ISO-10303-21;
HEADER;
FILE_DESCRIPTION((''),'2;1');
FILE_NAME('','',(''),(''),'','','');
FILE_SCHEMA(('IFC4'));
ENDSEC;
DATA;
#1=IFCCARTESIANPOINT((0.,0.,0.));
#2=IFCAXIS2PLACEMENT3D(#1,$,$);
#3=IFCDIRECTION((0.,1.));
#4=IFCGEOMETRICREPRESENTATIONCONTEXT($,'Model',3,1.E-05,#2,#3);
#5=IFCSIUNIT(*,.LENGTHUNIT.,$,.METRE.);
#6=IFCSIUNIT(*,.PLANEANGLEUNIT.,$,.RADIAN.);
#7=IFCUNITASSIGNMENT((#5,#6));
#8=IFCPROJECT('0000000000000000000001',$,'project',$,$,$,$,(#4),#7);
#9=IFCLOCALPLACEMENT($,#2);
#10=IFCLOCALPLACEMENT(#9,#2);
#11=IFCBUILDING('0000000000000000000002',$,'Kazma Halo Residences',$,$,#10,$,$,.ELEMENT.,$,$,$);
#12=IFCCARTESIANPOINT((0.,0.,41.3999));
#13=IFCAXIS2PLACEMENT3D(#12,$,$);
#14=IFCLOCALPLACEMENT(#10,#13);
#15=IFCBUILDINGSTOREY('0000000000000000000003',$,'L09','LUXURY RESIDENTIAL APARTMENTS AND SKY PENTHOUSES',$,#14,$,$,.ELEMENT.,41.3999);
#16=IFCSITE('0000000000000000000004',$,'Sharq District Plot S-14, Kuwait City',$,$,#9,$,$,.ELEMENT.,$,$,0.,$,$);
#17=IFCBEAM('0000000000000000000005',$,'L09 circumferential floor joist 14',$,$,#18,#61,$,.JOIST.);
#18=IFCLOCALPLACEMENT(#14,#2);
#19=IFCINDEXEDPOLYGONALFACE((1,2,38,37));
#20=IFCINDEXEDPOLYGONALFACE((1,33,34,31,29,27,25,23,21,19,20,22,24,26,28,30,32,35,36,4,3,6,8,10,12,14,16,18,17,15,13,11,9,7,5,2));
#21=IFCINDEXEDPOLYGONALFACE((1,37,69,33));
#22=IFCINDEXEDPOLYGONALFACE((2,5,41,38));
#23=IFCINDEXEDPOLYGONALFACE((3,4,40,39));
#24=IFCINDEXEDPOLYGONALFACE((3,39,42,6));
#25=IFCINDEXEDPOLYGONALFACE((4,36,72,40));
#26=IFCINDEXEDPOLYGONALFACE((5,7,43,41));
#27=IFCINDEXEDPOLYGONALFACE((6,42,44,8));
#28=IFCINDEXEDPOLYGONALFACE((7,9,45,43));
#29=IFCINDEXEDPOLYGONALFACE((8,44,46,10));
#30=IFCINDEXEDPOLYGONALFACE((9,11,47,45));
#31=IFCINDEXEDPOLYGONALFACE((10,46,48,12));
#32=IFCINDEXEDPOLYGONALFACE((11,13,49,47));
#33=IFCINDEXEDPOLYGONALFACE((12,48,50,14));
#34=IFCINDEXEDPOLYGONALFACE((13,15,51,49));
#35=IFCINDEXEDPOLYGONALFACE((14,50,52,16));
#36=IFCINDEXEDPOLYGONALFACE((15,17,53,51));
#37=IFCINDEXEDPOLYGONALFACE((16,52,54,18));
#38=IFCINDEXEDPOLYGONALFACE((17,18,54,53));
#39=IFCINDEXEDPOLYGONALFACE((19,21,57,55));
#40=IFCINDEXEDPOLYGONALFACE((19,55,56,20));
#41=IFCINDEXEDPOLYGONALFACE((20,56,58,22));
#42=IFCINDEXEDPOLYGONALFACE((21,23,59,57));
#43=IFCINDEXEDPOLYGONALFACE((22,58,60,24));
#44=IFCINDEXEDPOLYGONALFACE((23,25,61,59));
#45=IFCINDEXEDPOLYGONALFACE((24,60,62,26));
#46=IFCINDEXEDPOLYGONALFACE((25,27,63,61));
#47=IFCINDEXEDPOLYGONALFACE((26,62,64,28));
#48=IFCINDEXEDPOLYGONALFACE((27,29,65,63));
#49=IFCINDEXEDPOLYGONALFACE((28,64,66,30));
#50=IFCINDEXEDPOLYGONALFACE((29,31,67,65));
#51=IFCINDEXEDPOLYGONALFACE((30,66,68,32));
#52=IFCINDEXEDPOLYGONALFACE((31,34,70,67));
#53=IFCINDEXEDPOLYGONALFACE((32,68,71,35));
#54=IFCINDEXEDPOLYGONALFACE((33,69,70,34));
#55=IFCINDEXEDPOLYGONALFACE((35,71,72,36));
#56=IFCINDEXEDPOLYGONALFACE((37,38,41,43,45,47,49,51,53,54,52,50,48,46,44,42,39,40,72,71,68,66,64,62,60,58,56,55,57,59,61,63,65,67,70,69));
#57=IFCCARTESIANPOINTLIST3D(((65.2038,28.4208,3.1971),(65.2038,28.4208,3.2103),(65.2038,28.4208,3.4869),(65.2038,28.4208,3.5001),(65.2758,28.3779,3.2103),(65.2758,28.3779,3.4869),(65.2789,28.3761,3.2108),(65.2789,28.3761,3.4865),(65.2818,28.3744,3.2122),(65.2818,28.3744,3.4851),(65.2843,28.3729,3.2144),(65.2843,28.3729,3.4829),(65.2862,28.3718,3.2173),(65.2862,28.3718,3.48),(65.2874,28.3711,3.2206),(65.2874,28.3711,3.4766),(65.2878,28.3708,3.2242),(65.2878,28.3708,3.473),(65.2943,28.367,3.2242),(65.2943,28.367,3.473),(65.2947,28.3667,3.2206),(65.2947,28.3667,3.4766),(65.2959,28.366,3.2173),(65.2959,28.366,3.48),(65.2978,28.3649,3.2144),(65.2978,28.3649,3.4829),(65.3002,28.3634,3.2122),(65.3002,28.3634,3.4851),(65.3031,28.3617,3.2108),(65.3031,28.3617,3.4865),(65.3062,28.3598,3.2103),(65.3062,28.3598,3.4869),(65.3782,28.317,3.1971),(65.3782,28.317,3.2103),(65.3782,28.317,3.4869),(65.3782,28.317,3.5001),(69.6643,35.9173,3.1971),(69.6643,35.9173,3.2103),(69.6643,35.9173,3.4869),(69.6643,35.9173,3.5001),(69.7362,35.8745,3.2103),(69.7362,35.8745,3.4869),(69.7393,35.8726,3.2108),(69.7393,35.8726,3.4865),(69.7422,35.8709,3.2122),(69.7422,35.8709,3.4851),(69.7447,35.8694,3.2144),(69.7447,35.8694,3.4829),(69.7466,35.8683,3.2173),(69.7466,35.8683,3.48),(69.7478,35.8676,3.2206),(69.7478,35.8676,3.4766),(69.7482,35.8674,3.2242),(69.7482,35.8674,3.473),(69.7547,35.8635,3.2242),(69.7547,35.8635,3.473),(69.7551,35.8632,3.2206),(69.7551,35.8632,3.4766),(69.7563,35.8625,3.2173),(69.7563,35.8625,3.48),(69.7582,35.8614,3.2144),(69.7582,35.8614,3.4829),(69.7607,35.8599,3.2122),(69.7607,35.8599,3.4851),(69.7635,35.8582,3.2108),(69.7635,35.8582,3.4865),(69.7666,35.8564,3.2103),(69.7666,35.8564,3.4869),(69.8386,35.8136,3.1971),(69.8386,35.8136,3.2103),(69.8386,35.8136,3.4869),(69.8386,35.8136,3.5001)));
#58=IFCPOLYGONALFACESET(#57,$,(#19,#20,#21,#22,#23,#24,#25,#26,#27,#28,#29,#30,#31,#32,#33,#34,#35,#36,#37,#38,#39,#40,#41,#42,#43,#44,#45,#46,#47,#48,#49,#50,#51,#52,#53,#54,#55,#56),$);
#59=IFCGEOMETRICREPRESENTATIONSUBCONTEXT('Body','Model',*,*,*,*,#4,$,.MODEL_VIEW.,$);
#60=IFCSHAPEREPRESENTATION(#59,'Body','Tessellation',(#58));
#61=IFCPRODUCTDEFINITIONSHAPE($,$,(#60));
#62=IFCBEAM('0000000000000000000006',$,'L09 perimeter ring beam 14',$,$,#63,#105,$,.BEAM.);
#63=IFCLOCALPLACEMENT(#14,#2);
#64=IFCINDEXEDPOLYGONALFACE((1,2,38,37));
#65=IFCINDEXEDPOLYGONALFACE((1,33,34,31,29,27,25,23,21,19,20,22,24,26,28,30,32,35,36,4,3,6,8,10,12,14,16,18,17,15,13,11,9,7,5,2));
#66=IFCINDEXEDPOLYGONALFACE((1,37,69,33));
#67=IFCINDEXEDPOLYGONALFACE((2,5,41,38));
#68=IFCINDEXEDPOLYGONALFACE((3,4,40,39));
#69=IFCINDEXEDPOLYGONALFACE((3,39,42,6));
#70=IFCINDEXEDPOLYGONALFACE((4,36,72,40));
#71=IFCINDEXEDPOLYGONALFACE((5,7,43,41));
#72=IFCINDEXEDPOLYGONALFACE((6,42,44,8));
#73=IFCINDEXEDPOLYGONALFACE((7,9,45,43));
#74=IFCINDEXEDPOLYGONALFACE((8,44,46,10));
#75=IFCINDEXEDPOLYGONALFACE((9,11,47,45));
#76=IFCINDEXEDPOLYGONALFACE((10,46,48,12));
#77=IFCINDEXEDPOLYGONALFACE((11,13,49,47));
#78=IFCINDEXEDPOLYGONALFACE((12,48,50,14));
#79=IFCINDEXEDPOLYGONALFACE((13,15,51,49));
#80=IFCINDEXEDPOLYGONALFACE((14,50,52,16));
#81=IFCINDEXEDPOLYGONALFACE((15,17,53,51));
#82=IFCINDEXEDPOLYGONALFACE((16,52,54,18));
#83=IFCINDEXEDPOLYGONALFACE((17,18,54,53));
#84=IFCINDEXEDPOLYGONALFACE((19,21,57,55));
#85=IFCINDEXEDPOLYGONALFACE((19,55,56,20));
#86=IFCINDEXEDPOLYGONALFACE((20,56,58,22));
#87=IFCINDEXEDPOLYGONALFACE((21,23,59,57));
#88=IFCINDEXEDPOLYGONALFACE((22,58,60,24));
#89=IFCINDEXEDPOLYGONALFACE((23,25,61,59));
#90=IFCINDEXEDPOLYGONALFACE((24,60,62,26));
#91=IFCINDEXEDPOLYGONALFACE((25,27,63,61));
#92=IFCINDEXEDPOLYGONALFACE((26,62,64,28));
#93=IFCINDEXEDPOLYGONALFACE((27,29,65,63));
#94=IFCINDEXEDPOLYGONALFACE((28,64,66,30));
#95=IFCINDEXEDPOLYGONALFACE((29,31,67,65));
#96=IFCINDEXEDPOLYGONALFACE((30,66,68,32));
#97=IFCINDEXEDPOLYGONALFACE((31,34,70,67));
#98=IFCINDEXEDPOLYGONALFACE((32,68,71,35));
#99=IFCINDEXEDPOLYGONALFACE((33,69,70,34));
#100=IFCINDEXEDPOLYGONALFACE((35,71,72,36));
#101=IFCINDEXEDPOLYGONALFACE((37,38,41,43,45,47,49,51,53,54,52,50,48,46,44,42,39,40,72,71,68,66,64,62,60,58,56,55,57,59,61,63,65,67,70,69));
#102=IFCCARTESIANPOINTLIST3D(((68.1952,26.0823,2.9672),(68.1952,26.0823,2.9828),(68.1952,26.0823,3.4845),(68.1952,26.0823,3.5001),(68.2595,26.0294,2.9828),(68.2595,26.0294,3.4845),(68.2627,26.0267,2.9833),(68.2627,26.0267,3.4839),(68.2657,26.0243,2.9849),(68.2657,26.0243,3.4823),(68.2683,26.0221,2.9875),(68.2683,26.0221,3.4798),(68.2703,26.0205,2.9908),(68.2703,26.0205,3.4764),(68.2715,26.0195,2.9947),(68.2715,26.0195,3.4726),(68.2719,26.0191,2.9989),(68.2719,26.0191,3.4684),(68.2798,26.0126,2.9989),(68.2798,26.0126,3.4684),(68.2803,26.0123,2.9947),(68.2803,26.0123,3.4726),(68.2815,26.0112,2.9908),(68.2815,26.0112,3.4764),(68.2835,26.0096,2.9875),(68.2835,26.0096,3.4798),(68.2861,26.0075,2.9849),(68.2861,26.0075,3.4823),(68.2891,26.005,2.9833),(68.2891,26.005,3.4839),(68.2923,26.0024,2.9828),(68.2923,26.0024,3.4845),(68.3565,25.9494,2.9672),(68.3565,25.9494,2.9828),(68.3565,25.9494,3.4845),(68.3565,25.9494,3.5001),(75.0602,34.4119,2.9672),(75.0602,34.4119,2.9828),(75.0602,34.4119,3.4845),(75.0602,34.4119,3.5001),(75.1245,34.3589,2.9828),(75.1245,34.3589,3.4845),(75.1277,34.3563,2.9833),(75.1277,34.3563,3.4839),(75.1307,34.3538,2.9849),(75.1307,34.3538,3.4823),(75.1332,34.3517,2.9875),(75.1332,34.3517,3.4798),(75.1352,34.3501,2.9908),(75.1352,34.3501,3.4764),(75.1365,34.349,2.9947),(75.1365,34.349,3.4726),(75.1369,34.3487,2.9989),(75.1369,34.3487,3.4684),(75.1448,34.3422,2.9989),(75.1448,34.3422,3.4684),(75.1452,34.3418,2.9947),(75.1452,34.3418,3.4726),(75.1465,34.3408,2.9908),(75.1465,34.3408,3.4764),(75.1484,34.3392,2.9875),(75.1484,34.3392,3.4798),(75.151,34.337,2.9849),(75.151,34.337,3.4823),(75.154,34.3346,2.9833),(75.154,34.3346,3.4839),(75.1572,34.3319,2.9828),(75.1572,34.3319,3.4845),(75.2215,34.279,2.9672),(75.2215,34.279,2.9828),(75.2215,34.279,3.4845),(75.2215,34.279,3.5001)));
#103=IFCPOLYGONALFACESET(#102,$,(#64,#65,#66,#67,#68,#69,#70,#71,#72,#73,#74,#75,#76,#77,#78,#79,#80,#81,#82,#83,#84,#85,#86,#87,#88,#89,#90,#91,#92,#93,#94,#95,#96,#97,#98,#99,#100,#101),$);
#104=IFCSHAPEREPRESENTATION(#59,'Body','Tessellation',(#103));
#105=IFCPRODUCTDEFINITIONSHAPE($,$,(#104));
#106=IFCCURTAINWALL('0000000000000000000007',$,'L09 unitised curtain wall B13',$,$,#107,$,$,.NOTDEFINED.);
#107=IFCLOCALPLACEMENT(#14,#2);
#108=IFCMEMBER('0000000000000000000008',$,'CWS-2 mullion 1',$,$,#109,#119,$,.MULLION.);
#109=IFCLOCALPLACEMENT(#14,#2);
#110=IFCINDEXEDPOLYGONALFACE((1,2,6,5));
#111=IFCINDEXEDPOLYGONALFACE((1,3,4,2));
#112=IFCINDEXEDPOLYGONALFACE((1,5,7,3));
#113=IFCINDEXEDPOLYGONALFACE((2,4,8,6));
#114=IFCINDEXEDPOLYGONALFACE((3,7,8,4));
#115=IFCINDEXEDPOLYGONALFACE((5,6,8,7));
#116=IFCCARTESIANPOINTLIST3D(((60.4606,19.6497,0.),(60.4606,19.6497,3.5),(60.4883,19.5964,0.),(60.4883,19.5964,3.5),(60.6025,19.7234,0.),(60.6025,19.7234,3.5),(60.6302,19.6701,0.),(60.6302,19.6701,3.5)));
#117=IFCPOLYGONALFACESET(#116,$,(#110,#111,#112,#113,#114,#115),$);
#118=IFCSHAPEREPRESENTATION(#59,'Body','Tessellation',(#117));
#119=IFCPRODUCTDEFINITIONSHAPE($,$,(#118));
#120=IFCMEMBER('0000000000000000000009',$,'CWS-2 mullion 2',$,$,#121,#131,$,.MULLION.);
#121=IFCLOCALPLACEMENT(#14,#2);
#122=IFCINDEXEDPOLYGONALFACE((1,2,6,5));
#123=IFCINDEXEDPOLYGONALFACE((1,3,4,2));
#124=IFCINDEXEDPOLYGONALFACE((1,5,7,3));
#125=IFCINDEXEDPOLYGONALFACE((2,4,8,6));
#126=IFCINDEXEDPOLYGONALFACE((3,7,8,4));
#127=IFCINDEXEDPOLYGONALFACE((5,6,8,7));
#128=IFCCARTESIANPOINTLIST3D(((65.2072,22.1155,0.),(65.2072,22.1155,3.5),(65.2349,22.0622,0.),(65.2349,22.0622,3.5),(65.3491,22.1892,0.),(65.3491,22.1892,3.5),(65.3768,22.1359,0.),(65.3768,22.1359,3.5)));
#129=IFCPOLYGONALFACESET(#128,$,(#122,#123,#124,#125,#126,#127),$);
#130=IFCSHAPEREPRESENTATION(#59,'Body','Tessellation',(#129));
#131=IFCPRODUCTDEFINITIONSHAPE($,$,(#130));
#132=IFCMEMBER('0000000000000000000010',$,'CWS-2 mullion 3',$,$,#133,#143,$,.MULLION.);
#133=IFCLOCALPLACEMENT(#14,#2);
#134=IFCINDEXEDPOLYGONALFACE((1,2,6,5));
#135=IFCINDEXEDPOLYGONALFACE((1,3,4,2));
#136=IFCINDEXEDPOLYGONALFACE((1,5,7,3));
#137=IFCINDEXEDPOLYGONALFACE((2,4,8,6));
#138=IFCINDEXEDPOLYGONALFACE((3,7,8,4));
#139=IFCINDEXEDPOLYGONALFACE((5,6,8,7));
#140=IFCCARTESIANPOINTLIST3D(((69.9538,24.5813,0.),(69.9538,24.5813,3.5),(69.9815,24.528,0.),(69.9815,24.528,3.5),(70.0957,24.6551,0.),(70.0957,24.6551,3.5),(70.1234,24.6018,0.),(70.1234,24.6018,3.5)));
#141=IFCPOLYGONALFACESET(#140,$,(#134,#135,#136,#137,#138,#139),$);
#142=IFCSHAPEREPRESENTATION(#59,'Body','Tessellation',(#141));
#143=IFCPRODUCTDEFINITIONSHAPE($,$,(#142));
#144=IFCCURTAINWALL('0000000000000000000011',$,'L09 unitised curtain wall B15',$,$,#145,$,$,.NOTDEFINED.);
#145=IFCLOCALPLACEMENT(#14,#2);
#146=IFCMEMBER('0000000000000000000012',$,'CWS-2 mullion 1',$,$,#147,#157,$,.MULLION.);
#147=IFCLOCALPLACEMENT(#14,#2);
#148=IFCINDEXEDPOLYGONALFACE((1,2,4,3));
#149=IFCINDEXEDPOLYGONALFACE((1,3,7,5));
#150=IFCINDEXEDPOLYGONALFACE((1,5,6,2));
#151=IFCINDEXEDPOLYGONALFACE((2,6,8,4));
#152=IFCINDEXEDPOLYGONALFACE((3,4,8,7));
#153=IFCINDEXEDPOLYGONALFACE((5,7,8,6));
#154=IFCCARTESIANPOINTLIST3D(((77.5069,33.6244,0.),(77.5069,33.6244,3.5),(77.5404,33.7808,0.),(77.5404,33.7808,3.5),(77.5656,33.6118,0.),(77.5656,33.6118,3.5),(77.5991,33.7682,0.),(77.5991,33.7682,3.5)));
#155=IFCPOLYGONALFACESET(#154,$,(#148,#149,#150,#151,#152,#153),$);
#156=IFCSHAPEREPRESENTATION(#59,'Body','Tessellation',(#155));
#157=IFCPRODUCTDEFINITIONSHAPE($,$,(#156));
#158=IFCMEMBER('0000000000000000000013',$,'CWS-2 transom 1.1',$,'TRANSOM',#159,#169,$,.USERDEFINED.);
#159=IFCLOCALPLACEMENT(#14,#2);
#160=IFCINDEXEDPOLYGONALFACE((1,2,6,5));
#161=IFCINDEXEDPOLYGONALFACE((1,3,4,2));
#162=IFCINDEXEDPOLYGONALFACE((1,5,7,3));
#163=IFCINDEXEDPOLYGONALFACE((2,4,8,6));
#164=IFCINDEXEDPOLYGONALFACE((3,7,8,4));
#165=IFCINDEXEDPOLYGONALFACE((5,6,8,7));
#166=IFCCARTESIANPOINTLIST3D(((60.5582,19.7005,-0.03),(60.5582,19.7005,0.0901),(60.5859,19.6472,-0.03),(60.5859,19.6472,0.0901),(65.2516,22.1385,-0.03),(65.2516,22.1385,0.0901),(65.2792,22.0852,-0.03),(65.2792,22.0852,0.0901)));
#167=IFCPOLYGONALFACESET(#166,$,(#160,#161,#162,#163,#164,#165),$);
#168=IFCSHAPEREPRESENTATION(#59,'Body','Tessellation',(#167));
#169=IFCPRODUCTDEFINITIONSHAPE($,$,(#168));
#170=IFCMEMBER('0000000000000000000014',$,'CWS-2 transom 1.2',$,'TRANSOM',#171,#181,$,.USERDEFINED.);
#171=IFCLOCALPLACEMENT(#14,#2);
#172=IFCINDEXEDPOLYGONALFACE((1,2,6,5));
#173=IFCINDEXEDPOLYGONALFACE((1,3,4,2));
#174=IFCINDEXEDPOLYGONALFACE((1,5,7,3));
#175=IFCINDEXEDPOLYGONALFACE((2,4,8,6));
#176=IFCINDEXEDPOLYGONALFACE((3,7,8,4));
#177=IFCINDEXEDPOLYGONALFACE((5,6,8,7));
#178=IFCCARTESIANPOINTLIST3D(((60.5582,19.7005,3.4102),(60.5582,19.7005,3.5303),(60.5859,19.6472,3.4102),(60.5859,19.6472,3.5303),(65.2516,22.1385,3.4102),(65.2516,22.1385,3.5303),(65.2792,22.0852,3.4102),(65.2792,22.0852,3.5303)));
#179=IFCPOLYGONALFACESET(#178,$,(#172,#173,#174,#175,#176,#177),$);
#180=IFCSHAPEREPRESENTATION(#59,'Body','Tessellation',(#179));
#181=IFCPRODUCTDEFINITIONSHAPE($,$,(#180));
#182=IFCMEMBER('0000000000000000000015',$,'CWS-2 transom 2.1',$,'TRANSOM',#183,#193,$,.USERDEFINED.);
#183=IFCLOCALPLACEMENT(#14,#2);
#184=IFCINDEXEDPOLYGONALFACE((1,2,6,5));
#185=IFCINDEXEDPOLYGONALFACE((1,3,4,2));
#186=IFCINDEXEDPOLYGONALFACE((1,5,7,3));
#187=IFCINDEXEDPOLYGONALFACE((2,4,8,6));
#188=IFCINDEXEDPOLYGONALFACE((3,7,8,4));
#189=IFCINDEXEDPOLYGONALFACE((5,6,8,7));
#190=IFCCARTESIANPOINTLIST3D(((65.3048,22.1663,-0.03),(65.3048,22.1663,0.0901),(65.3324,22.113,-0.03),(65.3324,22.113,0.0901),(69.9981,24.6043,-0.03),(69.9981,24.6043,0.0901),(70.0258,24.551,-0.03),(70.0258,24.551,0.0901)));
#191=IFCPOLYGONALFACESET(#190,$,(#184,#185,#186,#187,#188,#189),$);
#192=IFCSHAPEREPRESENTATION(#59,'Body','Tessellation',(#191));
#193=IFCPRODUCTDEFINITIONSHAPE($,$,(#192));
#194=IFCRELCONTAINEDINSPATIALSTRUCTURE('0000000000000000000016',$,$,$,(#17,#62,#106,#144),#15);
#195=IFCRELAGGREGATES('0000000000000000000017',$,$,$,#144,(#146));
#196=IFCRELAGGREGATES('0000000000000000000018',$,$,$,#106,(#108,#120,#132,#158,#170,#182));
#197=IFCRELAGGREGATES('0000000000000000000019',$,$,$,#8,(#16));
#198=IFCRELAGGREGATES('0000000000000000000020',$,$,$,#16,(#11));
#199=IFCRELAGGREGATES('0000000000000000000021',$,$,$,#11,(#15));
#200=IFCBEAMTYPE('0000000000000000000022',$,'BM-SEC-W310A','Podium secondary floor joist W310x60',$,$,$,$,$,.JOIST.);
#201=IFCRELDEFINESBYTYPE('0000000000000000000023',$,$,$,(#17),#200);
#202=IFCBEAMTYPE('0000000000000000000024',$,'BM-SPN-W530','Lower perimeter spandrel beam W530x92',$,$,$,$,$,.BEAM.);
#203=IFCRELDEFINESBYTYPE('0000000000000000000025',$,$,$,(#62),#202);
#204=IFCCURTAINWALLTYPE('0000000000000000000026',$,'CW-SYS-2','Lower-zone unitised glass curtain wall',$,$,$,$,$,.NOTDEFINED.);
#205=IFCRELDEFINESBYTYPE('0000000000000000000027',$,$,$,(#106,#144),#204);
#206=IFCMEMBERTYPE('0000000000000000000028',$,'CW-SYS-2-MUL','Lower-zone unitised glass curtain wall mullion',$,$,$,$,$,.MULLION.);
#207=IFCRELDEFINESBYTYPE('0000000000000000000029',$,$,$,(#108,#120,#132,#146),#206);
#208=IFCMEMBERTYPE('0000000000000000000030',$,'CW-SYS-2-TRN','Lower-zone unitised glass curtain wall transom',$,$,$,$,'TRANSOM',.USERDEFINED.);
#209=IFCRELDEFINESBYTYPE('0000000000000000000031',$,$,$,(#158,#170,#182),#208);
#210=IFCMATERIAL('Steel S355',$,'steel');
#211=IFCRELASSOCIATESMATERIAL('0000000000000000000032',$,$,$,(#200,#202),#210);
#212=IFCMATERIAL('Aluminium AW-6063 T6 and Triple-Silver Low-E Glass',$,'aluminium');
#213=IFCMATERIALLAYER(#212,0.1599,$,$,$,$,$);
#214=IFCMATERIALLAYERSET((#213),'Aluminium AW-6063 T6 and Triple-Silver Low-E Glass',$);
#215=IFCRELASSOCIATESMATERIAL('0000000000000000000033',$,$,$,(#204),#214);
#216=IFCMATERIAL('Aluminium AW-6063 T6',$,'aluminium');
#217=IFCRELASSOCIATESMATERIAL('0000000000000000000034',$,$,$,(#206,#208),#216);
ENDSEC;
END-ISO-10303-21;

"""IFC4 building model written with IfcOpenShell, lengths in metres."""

from ifc_helpers import new_model, si_unit, direction, frame, origin, origin_2d, place, context, subcontext, project, spatial, rectangle, i_section, extrude, material, layer, layer_set, material_profile, profile_set, type_object, element, aggregate, save


model = new_model("IFC4")

# Units and contexts
model_context = context("Model", 3, precision=1e-05, world=origin(), true_north=direction((0.0, 1.0)))
body_context = subcontext(model_context, "Body", "Model", "MODEL_VIEW")
ifc_project = project(units=[si_unit("LENGTHUNIT", "METRE"), si_unit("PLANEANGLEUNIT", "RADIAN")], contexts=[model_context])

# Site, building, storey
site_placement = place(None, origin())
site = spatial("IfcSite", under=ifc_project, at=site_placement, Name="Sharq District Plot S-14, Kuwait City", CompositionType="ELEMENT", RefElevation=0.0)
building_placement = place(site_placement, origin())
building = spatial("IfcBuilding", under=site, at=building_placement, Name="Kazma Halo Residences", CompositionType="ELEMENT")
storey_placement = place(building_placement, frame((0.0, 0.0, 41.3999)))
storey = spatial("IfcBuildingStorey", under=building, at=storey_placement, Name="L09", Description="LUXURY RESIDENTIAL APARTMENTS AND SKY PENTHOUSES", CompositionType="ELEMENT", Elevation=41.3999)

# Beams
ifc_material_1 = material(Name="Steel S355", Category="steel")
ifc_material_profile_1 = material_profile(ifc_material_1, i_section(OverallWidth=0.2029, OverallDepth=0.303, WebThickness=0.0076, FlangeThickness=0.0132, FilletRadius=0.0139, at=origin_2d()), Name="W310x60")
ifc_profile_set_1 = profile_set([ifc_material_profile_1], Name="Steel S355")
beam_type_1 = type_object("IfcBeamType", Name="BM-SEC-W310A", Description="Podium secondary floor joist W310x60", PredefinedType="JOIST", material=ifc_profile_set_1)
beam_1_placement = place(storey_placement, frame((65.291, 28.3689, 3.3486), z_axis=(0.511331, 0.859384, 0.0), x_axis=(-0.859384, 0.511331, 0.0)))
element("IfcBeam", 1, at=beam_1_placement, inside=storey, type_object=beam_type_1, Name="L09 circumferential floor joist 14", PredefinedType="JOIST", context=body_context, shape_type="SweptSolid", body=[
    extrude(i_section(OverallWidth=0.2029, OverallDepth=0.303, WebThickness=0.0076, FlangeThickness=0.0132, FilletRadius=0.0139, at=origin_2d()), origin(), (0.0, 0.0, 1.0), 8.7231),
])
ifc_material_profile_2 = material_profile(ifc_material_1, i_section(OverallWidth=0.209, OverallDepth=0.533, WebThickness=0.0103, FlangeThickness=0.0156, FilletRadius=0.0161, at=origin_2d()), Name="W530x92")
ifc_profile_set_2 = profile_set([ifc_material_profile_2], Name="Steel S355")
beam_type_2 = type_object("IfcBeamType", Name="BM-SPN-W530", Description="Lower perimeter spandrel beam W530x92", PredefinedType="BEAM", material=ifc_profile_set_2)
beam_2_placement = place(storey_placement, frame((68.2759, 26.0159, 3.2336), z_axis=(0.636001, 0.771688, 0.0), x_axis=(-0.771688, 0.636001, 0.0)))
element("IfcBeam", 2, at=beam_2_placement, inside=storey, type_object=beam_type_2, Name="L09 perimeter ring beam 14", PredefinedType="BEAM", context=body_context, shape_type="SweptSolid", body=[
    extrude(i_section(OverallWidth=0.209, OverallDepth=0.533, WebThickness=0.0103, FlangeThickness=0.0156, FilletRadius=0.0161, at=origin_2d()), origin(), (0.0, 0.0, 1.0), 10.7939),
])

# Curtain wall, members
ifc_material_2 = material(Name="Aluminium AW-6063 T6 and Triple-Silver Low-E Glass", Category="aluminium")
ifc_layer_1 = layer(ifc_material_2, 0.1599)
ifc_layer_set_1 = layer_set([ifc_layer_1], Name="Aluminium AW-6063 T6 and Triple-Silver Low-E Glass")
curtain_wall_type = type_object("IfcCurtainWallType", Name="CW-SYS-2", Description="Lower-zone unitised glass curtain wall", PredefinedType="NOTDEFINED", material=ifc_layer_set_1)
curtain_wall_1_placement = place(storey_placement, origin())
curtain_wall_1 = element("IfcCurtainWall", 3, at=curtain_wall_1_placement, inside=storey, type_object=curtain_wall_type, Name="L09 unitised curtain wall B13", PredefinedType="NOTDEFINED")
ifc_material_3 = material(Name="Aluminium AW-6063 T6", Category="aluminium")
ifc_material_profile_3 = material_profile(ifc_material_3, rectangle(XDim=0.0601, YDim=0.1599, at=origin_2d()), Name="CWM-60x160")
ifc_profile_set_3 = profile_set([ifc_material_profile_3], Name="Aluminium AW-6063 T6")
member_type_1 = type_object("IfcMemberType", Name="CW-SYS-2-MUL", Description="Lower-zone unitised glass curtain wall mullion", PredefinedType="MULLION", material=ifc_profile_set_3)
member_1_placement = place(storey_placement, frame((60.5454, 19.6599, 0.0), z_axis=(0.0, 0.0, 1.0), x_axis=(-0.460996, 0.887402, 0.0)))
member_1 = element("IfcMember", 4, at=member_1_placement, type_object=member_type_1, Name="CWS-2 mullion 1", PredefinedType="MULLION", context=body_context, shape_type="SweptSolid", body=[
    extrude(rectangle(XDim=0.0601, YDim=0.1599, at=origin_2d()), origin(), (0.0, 0.0, 1.0), 3.5),
])
member_2_placement = place(storey_placement, frame((65.292, 22.1257, 0.0), z_axis=(0.0, 0.0, 1.0), x_axis=(-0.460996, 0.887402, 0.0)))
member_2 = element("IfcMember", 5, at=member_2_placement, type_object=member_type_1, Name="CWS-2 mullion 2", PredefinedType="MULLION", context=body_context, shape_type="SweptSolid", body=[
    extrude(rectangle(XDim=0.0601, YDim=0.1599, at=origin_2d()), origin(), (0.0, 0.0, 1.0), 3.5),
])
member_3_placement = place(storey_placement, frame((70.0386, 24.5916, 0.0), z_axis=(0.0, 0.0, 1.0), x_axis=(-0.460996, 0.887402, 0.0)))
member_3 = element("IfcMember", 6, at=member_3_placement, type_object=member_type_1, Name="CWS-2 mullion 3", PredefinedType="MULLION", context=body_context, shape_type="SweptSolid", body=[
    extrude(rectangle(XDim=0.0601, YDim=0.1599, at=origin_2d()), origin(), (0.0, 0.0, 1.0), 3.5),
])

# Curtain wall, member
curtain_wall_2_placement = place(storey_placement, origin())
curtain_wall_2 = element("IfcCurtainWall", 7, at=curtain_wall_2_placement, inside=storey, type_object=curtain_wall_type, Name="L09 unitised curtain wall B15", PredefinedType="NOTDEFINED")
member_4_placement = place(storey_placement, frame((77.553, 33.6963, 0.0), z_axis=(0.0, 0.0, 1.0), x_axis=(-0.977779, 0.209637, 0.0)))
member_4 = element("IfcMember", 8, at=member_4_placement, type_object=member_type_1, Name="CWS-2 mullion 1", PredefinedType="MULLION", context=body_context, shape_type="SweptSolid", body=[
    extrude(rectangle(XDim=0.0601, YDim=0.1599, at=origin_2d()), origin(), (0.0, 0.0, 1.0), 3.5),
])

# Members
ifc_material_profile_4 = material_profile(ifc_material_3, rectangle(XDim=0.0601, YDim=0.1201, at=origin_2d()), Name="CWT-60x120")
ifc_profile_set_4 = profile_set([ifc_material_profile_4], Name="Aluminium AW-6063 T6")
member_type_2 = type_object("IfcMemberType", Name="CW-SYS-2-TRN", Description="Lower-zone unitised glass curtain wall transom", ElementType="TRANSOM", PredefinedType="USERDEFINED", material=ifc_profile_set_4)
member_5_placement = place(storey_placement, frame((60.572, 19.6738, 0.03), z_axis=(0.887415, 0.460972, 0.0), x_axis=(-0.460972, 0.887415, 0.0)))
member_5 = element("IfcMember", 9, at=member_5_placement, type_object=member_type_2, Name="CWS-2 transom 1.1", ObjectType="TRANSOM", PredefinedType="USERDEFINED", context=body_context, shape_type="SweptSolid", body=[
    extrude(rectangle(XDim=0.0601, YDim=0.1201, at=origin_2d()), origin(), (0.0, 0.0, 1.0), 5.2888),
])
member_6_placement = place(storey_placement, frame((60.572, 19.6738, 3.4702), z_axis=(0.887415, 0.460972, 0.0), x_axis=(-0.460972, 0.887415, 0.0)))
member_6 = element("IfcMember", 10, at=member_6_placement, type_object=member_type_2, Name="CWS-2 transom 1.2", ObjectType="TRANSOM", PredefinedType="USERDEFINED", context=body_context, shape_type="SweptSolid", body=[
    extrude(rectangle(XDim=0.0601, YDim=0.1201, at=origin_2d()), origin(), (0.0, 0.0, 1.0), 5.2888),
])
member_7_placement = place(storey_placement, frame((65.3186, 22.1396, 0.03), z_axis=(0.887415, 0.460972, 0.0), x_axis=(-0.460972, 0.887415, 0.0)))
member_7 = element("IfcMember", 11, at=member_7_placement, type_object=member_type_2, Name="CWS-2 transom 2.1", ObjectType="TRANSOM", PredefinedType="USERDEFINED", context=body_context, shape_type="SweptSolid", body=[
    extrude(rectangle(XDim=0.0601, YDim=0.1201, at=origin_2d()), origin(), (0.0, 0.0, 1.0), 5.2888),
])
aggregate(curtain_wall_2, [member_4])

aggregate(curtain_wall_1, [member_1, member_2, member_3, member_5, member_6, member_7])

save(model, "model.ifc")
